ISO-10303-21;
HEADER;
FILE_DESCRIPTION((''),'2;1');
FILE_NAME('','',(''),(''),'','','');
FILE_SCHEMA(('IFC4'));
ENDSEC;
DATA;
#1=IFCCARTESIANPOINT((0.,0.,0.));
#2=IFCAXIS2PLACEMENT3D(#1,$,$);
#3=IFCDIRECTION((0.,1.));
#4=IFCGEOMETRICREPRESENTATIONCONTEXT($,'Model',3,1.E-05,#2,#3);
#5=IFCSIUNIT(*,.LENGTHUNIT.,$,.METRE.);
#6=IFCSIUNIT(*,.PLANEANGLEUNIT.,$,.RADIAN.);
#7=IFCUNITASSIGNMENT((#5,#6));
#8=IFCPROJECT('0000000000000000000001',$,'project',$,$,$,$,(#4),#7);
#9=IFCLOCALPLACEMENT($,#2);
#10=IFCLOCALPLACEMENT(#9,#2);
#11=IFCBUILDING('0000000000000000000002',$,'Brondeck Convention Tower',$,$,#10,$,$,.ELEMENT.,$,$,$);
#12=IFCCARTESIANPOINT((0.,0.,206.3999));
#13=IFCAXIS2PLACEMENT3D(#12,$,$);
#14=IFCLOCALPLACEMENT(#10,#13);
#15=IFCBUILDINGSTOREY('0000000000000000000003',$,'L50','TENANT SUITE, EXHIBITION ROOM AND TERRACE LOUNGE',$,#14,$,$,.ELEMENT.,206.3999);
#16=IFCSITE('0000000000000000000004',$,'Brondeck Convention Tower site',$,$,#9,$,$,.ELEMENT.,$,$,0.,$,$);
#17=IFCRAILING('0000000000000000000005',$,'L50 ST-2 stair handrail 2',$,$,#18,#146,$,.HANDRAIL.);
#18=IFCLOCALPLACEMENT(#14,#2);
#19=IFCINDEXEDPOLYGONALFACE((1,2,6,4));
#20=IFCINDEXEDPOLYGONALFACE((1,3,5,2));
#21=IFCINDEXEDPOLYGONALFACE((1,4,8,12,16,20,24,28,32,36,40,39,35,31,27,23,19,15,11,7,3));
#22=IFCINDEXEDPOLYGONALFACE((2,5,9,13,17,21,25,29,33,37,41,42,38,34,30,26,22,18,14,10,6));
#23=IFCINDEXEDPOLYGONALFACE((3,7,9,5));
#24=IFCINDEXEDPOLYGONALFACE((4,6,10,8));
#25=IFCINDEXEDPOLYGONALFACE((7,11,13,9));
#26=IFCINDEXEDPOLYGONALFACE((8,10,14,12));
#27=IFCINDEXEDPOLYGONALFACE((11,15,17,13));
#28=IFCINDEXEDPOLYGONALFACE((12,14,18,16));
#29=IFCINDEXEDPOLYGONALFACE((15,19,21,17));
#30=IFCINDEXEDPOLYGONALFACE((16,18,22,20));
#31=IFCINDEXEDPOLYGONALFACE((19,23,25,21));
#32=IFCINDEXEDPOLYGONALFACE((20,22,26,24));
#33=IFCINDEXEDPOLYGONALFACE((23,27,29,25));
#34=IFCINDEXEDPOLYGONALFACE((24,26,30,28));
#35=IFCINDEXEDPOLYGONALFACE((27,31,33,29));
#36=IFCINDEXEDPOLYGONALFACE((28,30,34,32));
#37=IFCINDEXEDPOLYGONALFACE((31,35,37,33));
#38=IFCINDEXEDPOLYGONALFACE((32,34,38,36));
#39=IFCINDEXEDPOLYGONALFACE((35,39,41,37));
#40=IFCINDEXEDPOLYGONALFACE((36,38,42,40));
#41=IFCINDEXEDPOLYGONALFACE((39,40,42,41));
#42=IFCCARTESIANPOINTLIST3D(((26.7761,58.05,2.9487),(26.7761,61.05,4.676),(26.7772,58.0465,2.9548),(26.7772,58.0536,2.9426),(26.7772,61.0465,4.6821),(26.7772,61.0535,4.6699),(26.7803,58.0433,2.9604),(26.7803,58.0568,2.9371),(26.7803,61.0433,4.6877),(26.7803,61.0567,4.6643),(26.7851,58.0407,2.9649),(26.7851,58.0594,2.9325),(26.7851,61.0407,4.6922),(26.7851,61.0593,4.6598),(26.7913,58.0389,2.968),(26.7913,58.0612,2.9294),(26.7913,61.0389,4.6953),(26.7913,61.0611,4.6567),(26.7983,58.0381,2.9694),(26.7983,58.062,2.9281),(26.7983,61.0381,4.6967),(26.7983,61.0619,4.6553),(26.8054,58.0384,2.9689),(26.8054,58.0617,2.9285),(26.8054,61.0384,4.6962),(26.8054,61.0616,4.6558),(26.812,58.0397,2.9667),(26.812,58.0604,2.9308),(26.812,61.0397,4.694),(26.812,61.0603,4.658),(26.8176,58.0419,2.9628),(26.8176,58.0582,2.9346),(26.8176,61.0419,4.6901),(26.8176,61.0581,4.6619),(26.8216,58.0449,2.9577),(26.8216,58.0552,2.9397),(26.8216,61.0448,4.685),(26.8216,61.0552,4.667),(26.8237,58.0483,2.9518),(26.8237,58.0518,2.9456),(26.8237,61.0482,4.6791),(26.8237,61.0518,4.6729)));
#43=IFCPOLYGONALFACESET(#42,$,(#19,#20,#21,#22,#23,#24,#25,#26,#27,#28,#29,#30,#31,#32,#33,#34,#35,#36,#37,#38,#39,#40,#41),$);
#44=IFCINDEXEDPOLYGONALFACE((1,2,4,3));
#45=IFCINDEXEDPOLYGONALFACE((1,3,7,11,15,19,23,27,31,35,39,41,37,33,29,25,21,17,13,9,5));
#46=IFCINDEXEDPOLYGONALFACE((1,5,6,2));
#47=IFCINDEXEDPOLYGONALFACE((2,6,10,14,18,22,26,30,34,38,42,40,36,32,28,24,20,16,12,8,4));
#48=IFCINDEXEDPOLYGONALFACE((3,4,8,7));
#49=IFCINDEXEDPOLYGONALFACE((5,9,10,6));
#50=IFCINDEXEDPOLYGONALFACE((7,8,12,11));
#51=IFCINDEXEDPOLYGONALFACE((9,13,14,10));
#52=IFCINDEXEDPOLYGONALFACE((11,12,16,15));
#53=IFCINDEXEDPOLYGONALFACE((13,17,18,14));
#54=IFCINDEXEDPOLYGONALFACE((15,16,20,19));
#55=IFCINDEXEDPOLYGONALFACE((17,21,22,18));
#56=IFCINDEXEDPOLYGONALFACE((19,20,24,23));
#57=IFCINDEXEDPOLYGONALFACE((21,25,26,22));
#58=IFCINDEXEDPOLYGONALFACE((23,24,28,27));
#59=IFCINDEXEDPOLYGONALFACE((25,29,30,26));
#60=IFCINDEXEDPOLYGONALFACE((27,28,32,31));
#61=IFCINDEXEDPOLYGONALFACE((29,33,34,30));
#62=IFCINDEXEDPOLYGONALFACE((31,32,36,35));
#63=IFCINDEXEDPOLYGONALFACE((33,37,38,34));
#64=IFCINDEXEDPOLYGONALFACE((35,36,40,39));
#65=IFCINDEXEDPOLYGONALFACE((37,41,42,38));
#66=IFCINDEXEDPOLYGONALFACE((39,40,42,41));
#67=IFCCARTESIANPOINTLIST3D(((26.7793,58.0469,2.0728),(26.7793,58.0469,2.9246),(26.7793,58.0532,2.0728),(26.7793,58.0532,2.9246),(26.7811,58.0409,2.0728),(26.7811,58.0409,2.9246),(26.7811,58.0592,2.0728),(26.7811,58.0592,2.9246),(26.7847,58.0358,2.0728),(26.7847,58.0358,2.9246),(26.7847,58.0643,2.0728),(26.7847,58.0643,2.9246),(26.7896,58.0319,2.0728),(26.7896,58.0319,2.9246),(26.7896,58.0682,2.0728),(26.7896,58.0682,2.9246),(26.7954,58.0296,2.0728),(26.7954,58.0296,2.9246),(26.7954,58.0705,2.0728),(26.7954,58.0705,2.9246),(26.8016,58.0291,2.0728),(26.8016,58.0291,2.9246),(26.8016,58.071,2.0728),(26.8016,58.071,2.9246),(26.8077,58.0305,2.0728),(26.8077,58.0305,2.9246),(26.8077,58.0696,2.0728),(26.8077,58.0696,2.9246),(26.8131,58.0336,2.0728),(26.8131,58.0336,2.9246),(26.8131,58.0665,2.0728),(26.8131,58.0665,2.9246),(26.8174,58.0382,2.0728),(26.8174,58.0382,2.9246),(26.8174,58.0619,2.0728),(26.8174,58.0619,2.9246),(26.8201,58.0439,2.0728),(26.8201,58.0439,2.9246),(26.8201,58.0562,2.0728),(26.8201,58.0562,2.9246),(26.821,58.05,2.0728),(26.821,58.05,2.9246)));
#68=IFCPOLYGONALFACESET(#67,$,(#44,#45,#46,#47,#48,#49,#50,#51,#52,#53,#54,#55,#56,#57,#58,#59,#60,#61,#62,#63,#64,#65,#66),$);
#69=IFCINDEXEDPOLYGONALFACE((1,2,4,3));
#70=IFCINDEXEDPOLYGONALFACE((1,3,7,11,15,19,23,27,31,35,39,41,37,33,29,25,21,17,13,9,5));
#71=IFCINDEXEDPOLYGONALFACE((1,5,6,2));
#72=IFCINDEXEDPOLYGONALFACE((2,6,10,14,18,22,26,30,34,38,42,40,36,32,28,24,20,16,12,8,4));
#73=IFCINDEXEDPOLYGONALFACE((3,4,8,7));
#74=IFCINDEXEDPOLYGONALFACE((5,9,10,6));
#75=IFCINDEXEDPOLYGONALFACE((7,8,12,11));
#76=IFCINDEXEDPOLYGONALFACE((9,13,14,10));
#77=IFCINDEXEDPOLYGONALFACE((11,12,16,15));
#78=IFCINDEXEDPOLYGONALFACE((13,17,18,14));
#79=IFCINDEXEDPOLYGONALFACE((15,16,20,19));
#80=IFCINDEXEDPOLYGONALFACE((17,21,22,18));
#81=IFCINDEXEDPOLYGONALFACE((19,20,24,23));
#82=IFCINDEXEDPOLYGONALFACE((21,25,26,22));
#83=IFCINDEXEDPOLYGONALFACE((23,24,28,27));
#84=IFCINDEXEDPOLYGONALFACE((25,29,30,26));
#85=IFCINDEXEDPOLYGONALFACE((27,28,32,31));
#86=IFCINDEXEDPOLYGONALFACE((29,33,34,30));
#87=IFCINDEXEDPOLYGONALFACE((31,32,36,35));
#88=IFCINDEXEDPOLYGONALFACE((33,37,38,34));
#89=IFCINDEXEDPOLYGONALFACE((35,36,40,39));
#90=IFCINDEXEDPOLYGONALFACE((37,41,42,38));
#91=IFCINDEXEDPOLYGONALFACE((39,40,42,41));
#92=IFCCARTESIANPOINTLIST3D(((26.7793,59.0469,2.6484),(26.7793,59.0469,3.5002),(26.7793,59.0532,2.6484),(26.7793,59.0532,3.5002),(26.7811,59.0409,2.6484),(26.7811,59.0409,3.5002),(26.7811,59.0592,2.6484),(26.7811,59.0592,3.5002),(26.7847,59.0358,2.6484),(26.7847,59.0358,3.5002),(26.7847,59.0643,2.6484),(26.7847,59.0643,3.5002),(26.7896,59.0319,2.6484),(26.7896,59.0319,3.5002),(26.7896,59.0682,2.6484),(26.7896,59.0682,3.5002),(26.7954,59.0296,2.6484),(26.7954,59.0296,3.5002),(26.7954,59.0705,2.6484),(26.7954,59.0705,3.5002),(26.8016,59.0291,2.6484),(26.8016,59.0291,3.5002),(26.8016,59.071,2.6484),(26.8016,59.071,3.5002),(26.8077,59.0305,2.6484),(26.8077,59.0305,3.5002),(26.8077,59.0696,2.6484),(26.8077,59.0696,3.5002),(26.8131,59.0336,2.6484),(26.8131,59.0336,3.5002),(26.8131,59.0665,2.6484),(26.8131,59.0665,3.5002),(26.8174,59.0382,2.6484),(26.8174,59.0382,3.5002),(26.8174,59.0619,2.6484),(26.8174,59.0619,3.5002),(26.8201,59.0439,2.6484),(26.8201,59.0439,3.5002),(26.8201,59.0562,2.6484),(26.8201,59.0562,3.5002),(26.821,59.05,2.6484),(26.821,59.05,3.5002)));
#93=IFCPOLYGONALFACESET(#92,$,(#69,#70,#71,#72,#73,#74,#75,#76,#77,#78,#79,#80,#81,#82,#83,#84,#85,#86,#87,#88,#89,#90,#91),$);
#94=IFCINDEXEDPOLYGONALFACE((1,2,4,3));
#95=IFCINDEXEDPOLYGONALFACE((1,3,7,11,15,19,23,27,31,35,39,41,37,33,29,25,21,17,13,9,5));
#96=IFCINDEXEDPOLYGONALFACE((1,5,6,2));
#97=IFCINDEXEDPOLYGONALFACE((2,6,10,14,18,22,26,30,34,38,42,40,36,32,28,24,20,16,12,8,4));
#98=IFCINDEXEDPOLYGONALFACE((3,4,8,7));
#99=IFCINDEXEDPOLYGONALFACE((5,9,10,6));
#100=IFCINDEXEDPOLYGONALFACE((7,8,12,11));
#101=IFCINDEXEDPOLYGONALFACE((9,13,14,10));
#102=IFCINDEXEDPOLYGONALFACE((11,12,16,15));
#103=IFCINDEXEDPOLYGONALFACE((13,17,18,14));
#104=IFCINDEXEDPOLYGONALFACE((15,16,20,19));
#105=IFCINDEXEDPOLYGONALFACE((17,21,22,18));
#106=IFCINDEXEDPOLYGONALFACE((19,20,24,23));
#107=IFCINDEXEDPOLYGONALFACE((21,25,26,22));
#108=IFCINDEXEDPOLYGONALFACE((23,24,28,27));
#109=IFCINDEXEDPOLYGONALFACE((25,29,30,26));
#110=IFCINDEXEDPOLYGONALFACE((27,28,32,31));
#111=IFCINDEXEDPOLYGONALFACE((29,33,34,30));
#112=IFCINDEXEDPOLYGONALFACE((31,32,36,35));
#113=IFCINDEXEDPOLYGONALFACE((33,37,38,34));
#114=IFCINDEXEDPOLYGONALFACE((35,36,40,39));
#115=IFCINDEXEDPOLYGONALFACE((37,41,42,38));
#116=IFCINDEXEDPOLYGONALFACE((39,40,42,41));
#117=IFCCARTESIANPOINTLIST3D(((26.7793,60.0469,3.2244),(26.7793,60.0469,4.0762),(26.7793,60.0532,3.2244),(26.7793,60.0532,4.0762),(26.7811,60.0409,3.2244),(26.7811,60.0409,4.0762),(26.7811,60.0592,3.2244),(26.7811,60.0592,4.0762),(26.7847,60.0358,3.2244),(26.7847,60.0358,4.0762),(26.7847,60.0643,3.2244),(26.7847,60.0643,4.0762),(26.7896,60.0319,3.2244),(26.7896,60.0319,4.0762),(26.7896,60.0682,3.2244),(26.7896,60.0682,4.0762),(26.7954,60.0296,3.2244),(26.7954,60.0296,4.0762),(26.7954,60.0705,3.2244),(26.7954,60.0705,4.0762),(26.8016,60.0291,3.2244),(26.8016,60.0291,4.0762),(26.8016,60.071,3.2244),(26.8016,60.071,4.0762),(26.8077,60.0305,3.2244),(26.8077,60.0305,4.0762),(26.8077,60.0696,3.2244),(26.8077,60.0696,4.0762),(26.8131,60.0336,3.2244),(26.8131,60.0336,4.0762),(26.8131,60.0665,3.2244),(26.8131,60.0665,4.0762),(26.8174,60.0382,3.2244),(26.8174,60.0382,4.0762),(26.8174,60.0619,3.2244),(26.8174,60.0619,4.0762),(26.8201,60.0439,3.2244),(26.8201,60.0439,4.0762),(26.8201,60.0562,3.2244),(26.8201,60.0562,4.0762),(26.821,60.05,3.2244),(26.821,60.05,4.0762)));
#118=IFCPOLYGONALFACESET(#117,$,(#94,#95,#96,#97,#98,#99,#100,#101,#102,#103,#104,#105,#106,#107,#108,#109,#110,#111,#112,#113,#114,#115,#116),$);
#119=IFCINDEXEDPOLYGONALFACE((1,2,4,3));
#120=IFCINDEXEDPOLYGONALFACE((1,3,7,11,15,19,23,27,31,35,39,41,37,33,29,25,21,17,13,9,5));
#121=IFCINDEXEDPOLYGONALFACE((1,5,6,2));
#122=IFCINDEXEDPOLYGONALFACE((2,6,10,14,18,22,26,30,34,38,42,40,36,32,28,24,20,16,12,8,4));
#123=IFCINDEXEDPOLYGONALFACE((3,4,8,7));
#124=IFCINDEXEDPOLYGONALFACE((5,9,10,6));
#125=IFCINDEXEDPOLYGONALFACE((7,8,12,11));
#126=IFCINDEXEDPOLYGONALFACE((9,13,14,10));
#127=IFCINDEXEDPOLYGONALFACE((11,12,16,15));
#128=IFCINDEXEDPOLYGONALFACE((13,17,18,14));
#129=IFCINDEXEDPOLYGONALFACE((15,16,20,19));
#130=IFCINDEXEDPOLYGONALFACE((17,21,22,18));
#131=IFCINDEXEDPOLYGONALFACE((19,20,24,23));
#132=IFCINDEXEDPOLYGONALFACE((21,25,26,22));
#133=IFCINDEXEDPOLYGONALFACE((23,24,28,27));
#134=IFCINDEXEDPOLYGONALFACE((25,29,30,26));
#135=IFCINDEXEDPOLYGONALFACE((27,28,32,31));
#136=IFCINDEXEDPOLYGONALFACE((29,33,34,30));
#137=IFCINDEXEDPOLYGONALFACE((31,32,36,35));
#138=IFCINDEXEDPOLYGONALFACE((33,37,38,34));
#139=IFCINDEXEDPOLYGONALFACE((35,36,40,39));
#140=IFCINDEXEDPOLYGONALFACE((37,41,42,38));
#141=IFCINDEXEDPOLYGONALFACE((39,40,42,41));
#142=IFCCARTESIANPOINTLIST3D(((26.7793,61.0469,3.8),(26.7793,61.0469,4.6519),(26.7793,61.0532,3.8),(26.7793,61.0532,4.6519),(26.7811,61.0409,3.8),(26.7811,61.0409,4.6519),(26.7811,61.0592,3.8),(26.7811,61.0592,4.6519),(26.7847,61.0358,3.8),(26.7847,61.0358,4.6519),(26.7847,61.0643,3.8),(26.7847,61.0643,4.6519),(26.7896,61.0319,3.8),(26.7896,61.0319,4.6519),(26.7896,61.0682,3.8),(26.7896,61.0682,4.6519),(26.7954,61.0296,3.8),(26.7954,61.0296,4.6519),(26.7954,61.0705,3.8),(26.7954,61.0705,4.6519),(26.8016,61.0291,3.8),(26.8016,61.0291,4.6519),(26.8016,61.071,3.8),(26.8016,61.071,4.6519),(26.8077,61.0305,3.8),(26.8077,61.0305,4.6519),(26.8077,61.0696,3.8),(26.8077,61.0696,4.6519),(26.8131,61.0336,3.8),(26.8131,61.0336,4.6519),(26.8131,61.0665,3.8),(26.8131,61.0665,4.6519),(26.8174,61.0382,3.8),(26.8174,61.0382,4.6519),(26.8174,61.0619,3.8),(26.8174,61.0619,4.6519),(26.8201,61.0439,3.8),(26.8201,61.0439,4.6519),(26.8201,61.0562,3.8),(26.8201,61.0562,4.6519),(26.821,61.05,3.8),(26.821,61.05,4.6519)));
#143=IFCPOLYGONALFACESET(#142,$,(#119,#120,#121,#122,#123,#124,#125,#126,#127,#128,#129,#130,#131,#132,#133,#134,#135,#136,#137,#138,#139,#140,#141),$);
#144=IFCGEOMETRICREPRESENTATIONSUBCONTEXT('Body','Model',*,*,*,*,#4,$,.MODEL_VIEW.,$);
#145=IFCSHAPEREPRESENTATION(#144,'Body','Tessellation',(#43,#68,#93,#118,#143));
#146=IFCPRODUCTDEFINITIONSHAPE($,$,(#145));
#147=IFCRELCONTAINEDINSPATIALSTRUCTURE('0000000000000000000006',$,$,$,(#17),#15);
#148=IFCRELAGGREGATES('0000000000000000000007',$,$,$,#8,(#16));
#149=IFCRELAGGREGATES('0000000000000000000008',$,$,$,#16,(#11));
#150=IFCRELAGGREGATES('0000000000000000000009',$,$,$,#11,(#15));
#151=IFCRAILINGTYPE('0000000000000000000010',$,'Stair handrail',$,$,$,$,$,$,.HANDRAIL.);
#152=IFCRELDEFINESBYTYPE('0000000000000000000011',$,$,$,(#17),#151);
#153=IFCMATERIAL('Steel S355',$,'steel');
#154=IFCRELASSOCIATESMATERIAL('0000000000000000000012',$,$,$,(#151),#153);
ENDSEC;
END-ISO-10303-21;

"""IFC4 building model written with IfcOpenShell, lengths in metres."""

from ifc_helpers import new_model, si_unit, direction, frame, origin, origin_2d, place, context, subcontext, project, spatial, circle, extrude, material, type_object, element, save


model = new_model("IFC4")

# Units and contexts
model_context = context("Model", 3, precision=1e-05, world=origin(), true_north=direction((0.0, 1.0)))
body_context = subcontext(model_context, "Body", "Model", "MODEL_VIEW")
ifc_project = project(units=[si_unit("LENGTHUNIT", "METRE"), si_unit("PLANEANGLEUNIT", "RADIAN")], contexts=[model_context])

# Site, building, storey
site_placement = place(None, origin())
site = spatial("IfcSite", under=ifc_project, at=site_placement, Name="Brondeck Convention Tower site", CompositionType="ELEMENT", RefElevation=0.0)
building_placement = place(site_placement, origin())
building = spatial("IfcBuilding", under=site, at=building_placement, Name="Brondeck Convention Tower", CompositionType="ELEMENT")
storey_placement = place(building_placement, frame((0.0, 0.0, 206.3999)))
storey = spatial("IfcBuildingStorey", under=building, at=storey_placement, Name="L50", Description="TENANT SUITE, EXHIBITION ROOM AND TERRACE LOUNGE", CompositionType="ELEMENT", Elevation=206.3999)

# Shared definitions
ifc_material_1 = material(Name="Steel S355", Category="steel")

# Railing
railing_type_1 = type_object("IfcRailingType", Name="Stair handrail", PredefinedType="HANDRAIL", material=ifc_material_1)
railing_1_placement = place(storey_placement, frame((26.8, 58.05, 2.0728)))
element("IfcRailing", 1, at=railing_1_placement, inside=storey, type_object=railing_type_1, Name="L50 ST-2 stair handrail 2", PredefinedType="HANDRAIL", context=body_context, shape_type="SweptSolid", body=[
    extrude(circle(Radius=0.0239, at=origin_2d()), frame((0.0, 0.0, 0.876), z_axis=(0.0, 0.86662, 0.498969), x_axis=(-1.0, 0.0, 0.0)), (0.0, 0.0, 1.0), 3.4617),
    extrude(circle(Radius=0.021, at=origin_2d()), origin(), (0.0, 0.0, 1.0), 0.8518),
    extrude(circle(Radius=0.021, at=origin_2d()), frame((0.0, 1.0, 0.5757)), (0.0, 0.0, 1.0), 0.8518),
    extrude(circle(Radius=0.021, at=origin_2d()), frame((0.0, 2.0, 1.1516)), (0.0, 0.0, 1.0), 0.8518),
    extrude(circle(Radius=0.021, at=origin_2d()), frame((0.0, 3.0, 1.7273)), (0.0, 0.0, 1.0), 0.8518),
])

save(model, "model.ifc")
